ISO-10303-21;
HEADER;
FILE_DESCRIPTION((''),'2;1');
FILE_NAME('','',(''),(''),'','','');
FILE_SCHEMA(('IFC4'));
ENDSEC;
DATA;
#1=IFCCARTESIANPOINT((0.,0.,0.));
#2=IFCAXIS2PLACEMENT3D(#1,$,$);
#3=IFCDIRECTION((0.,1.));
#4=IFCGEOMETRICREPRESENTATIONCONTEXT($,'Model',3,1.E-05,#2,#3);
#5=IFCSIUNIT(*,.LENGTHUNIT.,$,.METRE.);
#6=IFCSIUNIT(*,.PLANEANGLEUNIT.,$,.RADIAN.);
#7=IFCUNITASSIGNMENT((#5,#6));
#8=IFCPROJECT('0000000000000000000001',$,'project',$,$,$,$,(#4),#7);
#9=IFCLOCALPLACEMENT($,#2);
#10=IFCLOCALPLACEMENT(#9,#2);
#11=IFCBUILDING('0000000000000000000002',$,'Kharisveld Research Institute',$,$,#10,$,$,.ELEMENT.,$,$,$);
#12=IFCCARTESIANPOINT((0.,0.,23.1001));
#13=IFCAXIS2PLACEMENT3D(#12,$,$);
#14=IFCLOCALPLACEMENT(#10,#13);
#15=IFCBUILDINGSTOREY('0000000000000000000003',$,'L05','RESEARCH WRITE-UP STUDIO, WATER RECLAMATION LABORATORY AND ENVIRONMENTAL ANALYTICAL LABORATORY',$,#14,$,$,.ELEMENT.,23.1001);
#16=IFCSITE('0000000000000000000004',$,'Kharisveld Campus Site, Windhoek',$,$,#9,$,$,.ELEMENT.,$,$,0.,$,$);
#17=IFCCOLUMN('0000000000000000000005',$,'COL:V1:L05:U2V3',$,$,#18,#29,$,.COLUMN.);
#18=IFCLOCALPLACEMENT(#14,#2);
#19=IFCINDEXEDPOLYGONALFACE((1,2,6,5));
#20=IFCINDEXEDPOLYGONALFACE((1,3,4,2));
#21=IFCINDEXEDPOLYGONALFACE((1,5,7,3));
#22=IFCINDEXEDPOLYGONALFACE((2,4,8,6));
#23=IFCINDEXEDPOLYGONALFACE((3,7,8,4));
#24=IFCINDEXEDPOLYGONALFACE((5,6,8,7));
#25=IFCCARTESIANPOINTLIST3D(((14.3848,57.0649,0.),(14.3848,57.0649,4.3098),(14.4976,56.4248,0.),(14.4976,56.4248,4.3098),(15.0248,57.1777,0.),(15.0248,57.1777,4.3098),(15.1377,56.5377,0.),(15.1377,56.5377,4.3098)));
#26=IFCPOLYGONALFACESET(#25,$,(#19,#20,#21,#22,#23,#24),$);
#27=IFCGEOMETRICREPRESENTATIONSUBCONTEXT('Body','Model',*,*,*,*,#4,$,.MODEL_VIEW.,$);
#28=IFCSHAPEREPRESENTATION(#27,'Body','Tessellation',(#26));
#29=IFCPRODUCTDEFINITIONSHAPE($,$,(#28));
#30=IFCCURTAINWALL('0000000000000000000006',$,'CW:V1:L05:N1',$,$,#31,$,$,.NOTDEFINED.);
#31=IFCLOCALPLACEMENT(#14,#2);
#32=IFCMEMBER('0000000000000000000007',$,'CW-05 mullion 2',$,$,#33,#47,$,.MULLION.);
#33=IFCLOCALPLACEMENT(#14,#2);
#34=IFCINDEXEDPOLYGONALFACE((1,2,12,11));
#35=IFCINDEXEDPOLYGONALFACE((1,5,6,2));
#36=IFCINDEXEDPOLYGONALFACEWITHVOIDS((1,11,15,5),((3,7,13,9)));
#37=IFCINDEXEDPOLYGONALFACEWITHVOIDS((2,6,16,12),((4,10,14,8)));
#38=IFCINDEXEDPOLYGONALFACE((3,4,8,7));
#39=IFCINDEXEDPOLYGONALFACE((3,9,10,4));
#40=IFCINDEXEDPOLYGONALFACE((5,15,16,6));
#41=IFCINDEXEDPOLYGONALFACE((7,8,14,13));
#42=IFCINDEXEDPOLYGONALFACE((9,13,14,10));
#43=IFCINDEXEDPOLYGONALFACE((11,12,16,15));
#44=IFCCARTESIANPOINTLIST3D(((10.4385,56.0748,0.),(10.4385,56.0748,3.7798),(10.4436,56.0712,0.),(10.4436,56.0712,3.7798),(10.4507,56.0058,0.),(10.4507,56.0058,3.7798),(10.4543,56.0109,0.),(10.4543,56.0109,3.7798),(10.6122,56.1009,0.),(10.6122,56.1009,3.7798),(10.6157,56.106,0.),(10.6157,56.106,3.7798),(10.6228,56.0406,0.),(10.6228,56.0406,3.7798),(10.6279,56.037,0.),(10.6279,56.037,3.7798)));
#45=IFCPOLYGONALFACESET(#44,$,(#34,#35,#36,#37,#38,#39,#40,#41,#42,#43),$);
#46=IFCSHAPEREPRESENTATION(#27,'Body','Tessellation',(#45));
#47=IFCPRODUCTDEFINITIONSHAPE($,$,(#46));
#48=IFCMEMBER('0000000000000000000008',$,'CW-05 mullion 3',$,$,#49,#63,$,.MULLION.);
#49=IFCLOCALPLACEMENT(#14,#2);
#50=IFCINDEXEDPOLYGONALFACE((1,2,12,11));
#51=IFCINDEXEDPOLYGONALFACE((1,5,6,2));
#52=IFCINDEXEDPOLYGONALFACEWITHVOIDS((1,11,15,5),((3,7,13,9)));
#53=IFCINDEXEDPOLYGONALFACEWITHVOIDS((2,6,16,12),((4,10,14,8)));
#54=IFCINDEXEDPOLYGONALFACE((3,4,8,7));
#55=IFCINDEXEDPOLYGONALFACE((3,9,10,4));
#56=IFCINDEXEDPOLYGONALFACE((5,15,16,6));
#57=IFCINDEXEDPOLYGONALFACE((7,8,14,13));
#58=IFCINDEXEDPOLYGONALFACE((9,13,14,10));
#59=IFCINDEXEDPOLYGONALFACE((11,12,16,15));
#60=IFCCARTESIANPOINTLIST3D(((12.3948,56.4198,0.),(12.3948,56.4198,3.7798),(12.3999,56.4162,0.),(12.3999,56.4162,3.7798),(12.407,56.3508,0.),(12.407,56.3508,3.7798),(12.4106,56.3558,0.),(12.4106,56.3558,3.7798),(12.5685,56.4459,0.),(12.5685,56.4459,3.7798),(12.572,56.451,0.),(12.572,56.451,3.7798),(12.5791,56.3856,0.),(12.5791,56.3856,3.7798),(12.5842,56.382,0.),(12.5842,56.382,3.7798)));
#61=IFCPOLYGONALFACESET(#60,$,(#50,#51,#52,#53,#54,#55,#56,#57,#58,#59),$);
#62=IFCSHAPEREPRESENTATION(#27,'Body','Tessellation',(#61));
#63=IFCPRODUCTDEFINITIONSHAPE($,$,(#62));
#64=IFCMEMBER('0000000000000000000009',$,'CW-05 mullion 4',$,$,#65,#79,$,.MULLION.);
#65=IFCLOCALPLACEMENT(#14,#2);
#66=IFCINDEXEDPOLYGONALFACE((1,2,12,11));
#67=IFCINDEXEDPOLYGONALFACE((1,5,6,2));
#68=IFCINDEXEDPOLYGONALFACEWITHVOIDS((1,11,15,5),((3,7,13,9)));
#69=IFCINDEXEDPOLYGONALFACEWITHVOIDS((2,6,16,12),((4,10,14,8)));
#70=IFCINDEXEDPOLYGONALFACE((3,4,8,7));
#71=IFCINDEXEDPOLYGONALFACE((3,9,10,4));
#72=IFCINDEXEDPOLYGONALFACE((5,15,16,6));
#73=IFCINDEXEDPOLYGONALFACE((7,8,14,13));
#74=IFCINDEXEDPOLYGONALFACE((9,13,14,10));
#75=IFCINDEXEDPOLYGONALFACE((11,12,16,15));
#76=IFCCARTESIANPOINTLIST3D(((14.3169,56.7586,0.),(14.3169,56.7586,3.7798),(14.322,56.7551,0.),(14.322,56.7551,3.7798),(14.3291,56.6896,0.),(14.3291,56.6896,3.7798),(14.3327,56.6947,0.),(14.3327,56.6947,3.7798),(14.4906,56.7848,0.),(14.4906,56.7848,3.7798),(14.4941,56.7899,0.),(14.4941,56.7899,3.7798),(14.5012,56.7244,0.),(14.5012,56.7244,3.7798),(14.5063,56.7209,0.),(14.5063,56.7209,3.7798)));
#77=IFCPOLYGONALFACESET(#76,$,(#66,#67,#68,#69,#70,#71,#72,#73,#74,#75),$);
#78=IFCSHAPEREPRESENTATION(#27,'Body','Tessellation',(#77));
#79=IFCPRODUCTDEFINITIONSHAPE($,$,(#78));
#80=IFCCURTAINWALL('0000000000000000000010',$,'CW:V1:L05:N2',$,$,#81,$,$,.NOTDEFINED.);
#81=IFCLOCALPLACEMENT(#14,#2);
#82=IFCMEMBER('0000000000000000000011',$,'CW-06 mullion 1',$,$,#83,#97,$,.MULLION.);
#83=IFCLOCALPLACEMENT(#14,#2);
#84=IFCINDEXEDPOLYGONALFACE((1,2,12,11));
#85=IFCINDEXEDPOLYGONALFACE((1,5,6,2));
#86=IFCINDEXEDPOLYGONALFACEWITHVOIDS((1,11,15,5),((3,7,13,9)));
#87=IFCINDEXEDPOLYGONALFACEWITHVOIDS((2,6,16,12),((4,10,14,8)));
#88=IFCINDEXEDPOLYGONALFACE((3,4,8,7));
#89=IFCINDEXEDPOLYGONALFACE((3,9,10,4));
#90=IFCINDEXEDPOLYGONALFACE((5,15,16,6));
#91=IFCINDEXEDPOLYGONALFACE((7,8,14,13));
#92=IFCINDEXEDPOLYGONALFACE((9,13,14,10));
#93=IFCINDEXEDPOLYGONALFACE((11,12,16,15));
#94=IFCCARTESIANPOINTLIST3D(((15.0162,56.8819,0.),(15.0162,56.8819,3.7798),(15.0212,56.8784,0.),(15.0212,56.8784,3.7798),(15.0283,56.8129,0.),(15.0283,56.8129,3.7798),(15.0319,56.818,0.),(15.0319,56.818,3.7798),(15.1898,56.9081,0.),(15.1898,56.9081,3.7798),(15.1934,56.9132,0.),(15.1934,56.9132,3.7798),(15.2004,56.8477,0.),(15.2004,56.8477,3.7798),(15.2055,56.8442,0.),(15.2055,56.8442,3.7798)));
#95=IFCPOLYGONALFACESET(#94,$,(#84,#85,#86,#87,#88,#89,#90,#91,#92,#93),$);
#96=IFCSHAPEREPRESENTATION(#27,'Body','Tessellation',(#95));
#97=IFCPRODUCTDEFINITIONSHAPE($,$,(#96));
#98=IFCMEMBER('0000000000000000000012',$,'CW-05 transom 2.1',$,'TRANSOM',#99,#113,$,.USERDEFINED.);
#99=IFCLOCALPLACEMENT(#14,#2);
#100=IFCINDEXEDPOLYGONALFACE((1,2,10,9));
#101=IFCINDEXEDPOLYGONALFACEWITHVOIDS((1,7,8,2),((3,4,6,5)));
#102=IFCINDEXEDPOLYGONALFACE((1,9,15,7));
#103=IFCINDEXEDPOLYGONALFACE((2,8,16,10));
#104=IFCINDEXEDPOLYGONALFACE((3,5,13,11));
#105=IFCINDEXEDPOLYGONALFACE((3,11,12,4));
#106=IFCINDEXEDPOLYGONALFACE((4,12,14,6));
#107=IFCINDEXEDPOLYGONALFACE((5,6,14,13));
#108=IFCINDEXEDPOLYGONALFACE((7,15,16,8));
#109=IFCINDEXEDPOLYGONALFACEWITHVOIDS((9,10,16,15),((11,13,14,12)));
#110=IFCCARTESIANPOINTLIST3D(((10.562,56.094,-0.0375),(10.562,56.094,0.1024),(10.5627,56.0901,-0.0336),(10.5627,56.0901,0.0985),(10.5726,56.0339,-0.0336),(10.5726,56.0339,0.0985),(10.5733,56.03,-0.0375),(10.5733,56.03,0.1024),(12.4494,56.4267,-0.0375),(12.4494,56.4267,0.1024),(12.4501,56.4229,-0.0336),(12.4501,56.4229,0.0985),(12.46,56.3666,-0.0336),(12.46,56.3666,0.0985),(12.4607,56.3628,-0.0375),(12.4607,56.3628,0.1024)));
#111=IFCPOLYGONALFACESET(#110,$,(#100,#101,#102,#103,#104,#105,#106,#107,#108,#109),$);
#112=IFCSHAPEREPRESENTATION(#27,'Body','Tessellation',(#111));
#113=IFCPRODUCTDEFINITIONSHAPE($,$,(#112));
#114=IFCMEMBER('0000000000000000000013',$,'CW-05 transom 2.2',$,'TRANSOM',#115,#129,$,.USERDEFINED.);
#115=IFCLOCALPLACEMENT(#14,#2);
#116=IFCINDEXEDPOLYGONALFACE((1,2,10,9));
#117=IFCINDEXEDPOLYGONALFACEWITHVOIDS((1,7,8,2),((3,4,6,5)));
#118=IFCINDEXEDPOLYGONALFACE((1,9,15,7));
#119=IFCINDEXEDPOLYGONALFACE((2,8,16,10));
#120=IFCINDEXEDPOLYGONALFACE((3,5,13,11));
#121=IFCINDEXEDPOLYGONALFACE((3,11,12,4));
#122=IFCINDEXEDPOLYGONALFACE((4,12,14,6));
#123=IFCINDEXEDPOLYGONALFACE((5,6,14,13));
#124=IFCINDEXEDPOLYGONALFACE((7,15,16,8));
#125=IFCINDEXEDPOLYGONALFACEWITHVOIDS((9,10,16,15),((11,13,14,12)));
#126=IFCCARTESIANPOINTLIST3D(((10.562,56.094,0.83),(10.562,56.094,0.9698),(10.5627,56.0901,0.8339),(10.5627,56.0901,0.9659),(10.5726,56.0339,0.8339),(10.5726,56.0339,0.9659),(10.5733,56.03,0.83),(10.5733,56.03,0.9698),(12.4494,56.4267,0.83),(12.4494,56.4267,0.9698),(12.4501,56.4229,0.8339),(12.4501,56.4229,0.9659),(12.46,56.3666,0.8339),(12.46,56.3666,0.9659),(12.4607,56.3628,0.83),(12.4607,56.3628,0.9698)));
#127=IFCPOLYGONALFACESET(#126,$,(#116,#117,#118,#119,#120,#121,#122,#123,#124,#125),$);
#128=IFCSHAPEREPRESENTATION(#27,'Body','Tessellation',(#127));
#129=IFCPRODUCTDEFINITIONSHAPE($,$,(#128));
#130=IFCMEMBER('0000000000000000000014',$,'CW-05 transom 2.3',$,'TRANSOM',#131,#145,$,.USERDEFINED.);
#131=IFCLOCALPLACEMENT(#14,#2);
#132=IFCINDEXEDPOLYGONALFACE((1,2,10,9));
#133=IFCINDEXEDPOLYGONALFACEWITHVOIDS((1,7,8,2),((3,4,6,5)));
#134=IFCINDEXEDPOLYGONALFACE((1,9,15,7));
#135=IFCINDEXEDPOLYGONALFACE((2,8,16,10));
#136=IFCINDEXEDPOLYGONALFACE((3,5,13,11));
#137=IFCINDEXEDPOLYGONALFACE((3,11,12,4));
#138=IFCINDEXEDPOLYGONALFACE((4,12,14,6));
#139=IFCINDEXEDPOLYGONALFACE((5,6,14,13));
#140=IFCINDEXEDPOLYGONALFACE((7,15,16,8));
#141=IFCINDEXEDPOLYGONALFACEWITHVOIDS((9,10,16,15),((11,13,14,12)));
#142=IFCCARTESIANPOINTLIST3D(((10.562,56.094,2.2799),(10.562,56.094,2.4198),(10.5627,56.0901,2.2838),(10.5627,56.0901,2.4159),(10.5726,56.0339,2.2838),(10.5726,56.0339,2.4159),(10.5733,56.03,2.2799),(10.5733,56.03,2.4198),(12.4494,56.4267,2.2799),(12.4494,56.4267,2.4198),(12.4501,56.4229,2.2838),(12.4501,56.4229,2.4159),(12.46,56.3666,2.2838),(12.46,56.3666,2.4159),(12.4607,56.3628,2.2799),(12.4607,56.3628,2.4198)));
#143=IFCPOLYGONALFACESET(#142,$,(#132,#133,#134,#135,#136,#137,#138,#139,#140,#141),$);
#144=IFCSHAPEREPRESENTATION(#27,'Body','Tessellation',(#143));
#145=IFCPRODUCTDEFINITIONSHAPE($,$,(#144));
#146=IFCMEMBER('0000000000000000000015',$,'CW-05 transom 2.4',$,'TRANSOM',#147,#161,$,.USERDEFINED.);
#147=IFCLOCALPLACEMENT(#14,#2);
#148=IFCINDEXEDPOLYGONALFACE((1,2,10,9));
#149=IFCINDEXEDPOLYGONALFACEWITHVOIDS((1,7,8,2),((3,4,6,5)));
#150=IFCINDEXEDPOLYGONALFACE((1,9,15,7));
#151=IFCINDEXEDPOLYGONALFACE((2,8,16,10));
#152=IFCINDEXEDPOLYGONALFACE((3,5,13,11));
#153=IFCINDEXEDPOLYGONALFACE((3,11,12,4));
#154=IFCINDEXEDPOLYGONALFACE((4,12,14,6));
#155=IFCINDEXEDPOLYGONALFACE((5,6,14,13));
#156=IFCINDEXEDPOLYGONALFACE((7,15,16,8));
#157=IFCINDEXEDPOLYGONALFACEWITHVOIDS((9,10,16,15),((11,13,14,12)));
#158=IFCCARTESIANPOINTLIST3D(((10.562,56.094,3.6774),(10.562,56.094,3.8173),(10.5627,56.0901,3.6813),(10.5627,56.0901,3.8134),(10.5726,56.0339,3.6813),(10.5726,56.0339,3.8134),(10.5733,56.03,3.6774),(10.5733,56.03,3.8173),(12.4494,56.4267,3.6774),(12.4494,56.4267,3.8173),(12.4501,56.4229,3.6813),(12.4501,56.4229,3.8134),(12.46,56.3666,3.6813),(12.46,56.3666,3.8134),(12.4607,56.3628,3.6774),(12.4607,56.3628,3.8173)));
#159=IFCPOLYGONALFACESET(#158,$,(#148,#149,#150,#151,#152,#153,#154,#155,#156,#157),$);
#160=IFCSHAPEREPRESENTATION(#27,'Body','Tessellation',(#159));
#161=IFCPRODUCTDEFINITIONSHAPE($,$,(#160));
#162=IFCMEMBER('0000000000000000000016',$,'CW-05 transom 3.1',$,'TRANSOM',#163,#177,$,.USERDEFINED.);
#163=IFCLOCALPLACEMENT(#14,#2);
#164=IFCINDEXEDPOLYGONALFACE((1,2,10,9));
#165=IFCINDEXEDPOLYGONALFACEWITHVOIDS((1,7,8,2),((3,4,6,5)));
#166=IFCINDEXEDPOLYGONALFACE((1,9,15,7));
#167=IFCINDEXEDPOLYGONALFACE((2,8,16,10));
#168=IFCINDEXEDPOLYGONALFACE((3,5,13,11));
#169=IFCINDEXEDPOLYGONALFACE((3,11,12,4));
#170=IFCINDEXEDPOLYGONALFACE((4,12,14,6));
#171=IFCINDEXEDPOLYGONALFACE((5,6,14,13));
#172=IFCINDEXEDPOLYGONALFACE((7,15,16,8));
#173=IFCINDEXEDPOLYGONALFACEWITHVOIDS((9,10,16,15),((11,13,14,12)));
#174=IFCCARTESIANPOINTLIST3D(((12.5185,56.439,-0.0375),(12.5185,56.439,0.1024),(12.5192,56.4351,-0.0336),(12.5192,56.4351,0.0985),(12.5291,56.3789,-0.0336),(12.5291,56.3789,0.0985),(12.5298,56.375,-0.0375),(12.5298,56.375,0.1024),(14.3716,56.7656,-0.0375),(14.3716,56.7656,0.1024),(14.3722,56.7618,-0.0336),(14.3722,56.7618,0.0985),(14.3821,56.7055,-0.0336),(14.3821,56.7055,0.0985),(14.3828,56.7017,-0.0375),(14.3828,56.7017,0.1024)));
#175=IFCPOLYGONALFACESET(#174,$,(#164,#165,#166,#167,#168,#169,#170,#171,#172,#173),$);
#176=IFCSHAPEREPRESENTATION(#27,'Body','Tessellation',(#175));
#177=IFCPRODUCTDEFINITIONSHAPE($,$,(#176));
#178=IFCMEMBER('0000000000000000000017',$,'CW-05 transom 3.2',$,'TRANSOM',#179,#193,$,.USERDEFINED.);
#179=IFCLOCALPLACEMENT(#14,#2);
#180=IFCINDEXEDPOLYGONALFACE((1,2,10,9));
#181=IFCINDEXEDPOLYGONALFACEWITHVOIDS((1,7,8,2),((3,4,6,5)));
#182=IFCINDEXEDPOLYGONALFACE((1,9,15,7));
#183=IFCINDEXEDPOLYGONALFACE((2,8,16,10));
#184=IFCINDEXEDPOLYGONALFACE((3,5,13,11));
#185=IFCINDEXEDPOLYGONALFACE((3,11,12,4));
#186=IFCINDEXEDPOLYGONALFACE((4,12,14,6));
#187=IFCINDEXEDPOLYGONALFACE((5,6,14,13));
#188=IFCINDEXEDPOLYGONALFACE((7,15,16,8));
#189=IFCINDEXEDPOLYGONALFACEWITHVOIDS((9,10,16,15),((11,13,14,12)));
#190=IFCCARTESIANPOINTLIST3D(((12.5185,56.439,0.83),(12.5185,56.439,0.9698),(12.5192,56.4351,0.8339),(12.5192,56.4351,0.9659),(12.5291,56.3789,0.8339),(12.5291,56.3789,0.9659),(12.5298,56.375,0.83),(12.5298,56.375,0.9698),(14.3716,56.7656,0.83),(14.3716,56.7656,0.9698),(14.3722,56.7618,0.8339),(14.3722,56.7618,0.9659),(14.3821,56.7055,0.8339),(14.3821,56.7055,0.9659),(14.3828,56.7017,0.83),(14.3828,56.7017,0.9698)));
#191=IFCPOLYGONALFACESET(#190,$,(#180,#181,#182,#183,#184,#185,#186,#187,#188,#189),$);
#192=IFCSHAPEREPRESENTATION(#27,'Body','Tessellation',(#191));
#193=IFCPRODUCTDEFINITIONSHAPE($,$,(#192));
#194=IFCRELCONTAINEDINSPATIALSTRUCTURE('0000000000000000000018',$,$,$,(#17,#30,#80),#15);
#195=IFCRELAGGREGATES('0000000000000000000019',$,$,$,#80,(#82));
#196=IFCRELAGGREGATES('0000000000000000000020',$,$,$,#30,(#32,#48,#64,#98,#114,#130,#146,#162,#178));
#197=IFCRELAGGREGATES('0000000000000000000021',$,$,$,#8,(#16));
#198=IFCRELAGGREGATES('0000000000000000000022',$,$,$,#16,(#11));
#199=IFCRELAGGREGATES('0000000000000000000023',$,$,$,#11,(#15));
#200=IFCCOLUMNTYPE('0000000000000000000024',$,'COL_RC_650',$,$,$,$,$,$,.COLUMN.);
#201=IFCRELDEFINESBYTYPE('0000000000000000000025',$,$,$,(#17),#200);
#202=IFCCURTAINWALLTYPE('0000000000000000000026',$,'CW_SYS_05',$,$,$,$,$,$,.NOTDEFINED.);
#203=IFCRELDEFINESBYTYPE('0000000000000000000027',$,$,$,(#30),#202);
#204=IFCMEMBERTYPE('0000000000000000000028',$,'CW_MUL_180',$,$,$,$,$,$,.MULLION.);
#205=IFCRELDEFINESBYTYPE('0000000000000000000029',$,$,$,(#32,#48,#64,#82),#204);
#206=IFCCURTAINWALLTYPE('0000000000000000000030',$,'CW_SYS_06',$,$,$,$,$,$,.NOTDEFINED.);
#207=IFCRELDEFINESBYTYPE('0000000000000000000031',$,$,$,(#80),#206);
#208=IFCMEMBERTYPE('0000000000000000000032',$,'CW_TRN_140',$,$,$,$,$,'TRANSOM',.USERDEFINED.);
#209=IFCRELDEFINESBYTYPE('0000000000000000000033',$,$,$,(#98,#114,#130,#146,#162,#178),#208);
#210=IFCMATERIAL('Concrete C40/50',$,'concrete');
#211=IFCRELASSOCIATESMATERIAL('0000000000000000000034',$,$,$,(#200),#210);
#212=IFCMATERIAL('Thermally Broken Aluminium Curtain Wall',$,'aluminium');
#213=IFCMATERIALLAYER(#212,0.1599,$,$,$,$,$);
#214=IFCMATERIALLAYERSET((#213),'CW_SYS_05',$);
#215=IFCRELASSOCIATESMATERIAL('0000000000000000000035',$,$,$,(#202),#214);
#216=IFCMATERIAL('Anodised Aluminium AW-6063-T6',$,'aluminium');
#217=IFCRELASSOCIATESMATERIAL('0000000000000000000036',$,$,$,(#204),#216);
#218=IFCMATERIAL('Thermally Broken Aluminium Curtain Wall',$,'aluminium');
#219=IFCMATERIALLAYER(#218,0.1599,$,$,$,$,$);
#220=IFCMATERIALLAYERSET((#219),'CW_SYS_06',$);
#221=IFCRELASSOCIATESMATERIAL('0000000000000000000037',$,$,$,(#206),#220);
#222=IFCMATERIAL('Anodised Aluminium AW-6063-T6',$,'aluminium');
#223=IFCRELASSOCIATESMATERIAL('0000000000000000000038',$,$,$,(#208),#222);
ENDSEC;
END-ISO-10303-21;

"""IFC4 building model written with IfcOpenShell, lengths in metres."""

from ifc_helpers import new_model, si_unit, direction, frame, origin, origin_2d, place, context, subcontext, project, spatial, rectangle, hollow_rectangle, extrude, material, layer, layer_set, material_profile, profile_set, type_object, element, aggregate, save


model = new_model("IFC4")

# Units and contexts
model_context = context("Model", 3, precision=1e-05, world=origin(), true_north=direction((0.0, 1.0)))
body_context = subcontext(model_context, "Body", "Model", "MODEL_VIEW")
ifc_project = project(units=[si_unit("LENGTHUNIT", "METRE"), si_unit("PLANEANGLEUNIT", "RADIAN")], contexts=[model_context])

# Site, building, storey
site_placement = place(None, origin())
site = spatial("IfcSite", under=ifc_project, at=site_placement, Name="Kharisveld Campus Site, Windhoek", CompositionType="ELEMENT", RefElevation=0.0)
building_placement = place(site_placement, origin())
building = spatial("IfcBuilding", under=site, at=building_placement, Name="Kharisveld Research Institute", CompositionType="ELEMENT")
storey_placement = place(building_placement, frame((0.0, 0.0, 23.1001)))
storey = spatial("IfcBuildingStorey", under=building, at=storey_placement, Name="L05", Description="RESEARCH WRITE-UP STUDIO, WATER RECLAMATION LABORATORY AND ENVIRONMENTAL ANALYTICAL LABORATORY", CompositionType="ELEMENT", Elevation=23.1001)

# Column
ifc_material_1 = material(Name="Concrete C40/50", Category="concrete")
ifc_material_profile_1 = material_profile(ifc_material_1, rectangle(XDim=0.6499, YDim=0.6499, at=origin_2d()))
ifc_profile_set_1 = profile_set([ifc_material_profile_1], Name="Concrete C40/50")
column_type = type_object("IfcColumnType", Name="COL_RC_650", PredefinedType="COLUMN", material=ifc_profile_set_1)
column_placement = place(storey_placement, frame((14.7612, 56.8013, 0.0), z_axis=(0.0, 0.0, 1.0), x_axis=(0.984808, 0.173648, 0.0)))
element("IfcColumn", 1, at=column_placement, inside=storey, type_object=column_type, Name="COL:V1:L05:U2V3", PredefinedType="COLUMN", context=body_context, shape_type="SweptSolid", body=[
    extrude(rectangle(XDim=0.6499, YDim=0.6499, at=origin_2d()), origin(), (0.0, 0.0, 1.0), 4.3098),
])

# Curtain wall, members
ifc_material_2 = material(Name="Thermally Broken Aluminium Curtain Wall", Category="aluminium")
ifc_layer_1 = layer(ifc_material_2, 0.1599)
ifc_layer_set_1 = layer_set([ifc_layer_1], Name="CW_SYS_05")
curtain_wall_type_1 = type_object("IfcCurtainWallType", Name="CW_SYS_05", PredefinedType="NOTDEFINED", material=ifc_layer_set_1)
curtain_wall_1_placement = place(storey_placement, origin())
curtain_wall_1 = element("IfcCurtainWall", 2, at=curtain_wall_1_placement, inside=storey, type_object=curtain_wall_type_1, Name="CW:V1:L05:N1", PredefinedType="NOTDEFINED")
ifc_material_3 = material(Name="Anodised Aluminium AW-6063-T6", Category="aluminium")
ifc_material_profile_2 = material_profile(ifc_material_3, hollow_rectangle(XDim=0.0701, YDim=0.1799, WallThickness=0.0044, at=origin_2d()))
ifc_profile_set_2 = profile_set([ifc_material_profile_2], Name="Anodised Aluminium AW-6063-T6")
member_type_1 = type_object("IfcMemberType", Name="CW_MUL_180", PredefinedType="MULLION", material=ifc_profile_set_2)
member_1_placement = place(storey_placement, frame((10.5332, 56.0559, 0.0), z_axis=(0.0, 0.0, 1.0), x_axis=(-0.173648, 0.984808, 0.0)))
member_1 = element("IfcMember", 3, at=member_1_placement, type_object=member_type_1, Name="CW-05 mullion 2", PredefinedType="MULLION", context=body_context, shape_type="SweptSolid", body=[
    extrude(hollow_rectangle(XDim=0.0701, YDim=0.1799, WallThickness=0.0044, at=origin_2d()), origin(), (0.0, 0.0, 1.0), 3.7798),
])
member_2_placement = place(storey_placement, frame((12.4895, 56.4009, 0.0), z_axis=(0.0, 0.0, 1.0), x_axis=(-0.173648, 0.984808, 0.0)))
member_2 = element("IfcMember", 4, at=member_2_placement, type_object=member_type_1, Name="CW-05 mullion 3", PredefinedType="MULLION", context=body_context, shape_type="SweptSolid", body=[
    extrude(hollow_rectangle(XDim=0.0701, YDim=0.1799, WallThickness=0.0044, at=origin_2d()), origin(), (0.0, 0.0, 1.0), 3.7798),
])
member_3_placement = place(storey_placement, frame((14.4116, 56.7397, 0.0), z_axis=(0.0, 0.0, 1.0), x_axis=(-0.173648, 0.984808, 0.0)))
member_3 = element("IfcMember", 5, at=member_3_placement, type_object=member_type_1, Name="CW-05 mullion 4", PredefinedType="MULLION", context=body_context, shape_type="SweptSolid", body=[
    extrude(hollow_rectangle(XDim=0.0701, YDim=0.1799, WallThickness=0.0044, at=origin_2d()), origin(), (0.0, 0.0, 1.0), 3.7798),
])

# Curtain wall, member
ifc_material_4 = material(Name="Thermally Broken Aluminium Curtain Wall", Category="aluminium")
ifc_layer_2 = layer(ifc_material_4, 0.1599)
ifc_layer_set_2 = layer_set([ifc_layer_2], Name="CW_SYS_06")
curtain_wall_type_2 = type_object("IfcCurtainWallType", Name="CW_SYS_06", PredefinedType="NOTDEFINED", material=ifc_layer_set_2)
curtain_wall_2_placement = place(storey_placement, origin())
curtain_wall_2 = element("IfcCurtainWall", 6, at=curtain_wall_2_placement, inside=storey, type_object=curtain_wall_type_2, Name="CW:V1:L05:N2", PredefinedType="NOTDEFINED")
member_4_placement = place(storey_placement, frame((15.1108, 56.863, 0.0), z_axis=(0.0, 0.0, 1.0), x_axis=(-0.173648, 0.984808, 0.0)))
member_4 = element("IfcMember", 7, at=member_4_placement, type_object=member_type_1, Name="CW-06 mullion 1", PredefinedType="MULLION", context=body_context, shape_type="SweptSolid", body=[
    extrude(hollow_rectangle(XDim=0.0701, YDim=0.1799, WallThickness=0.0044, at=origin_2d()), origin(), (0.0, 0.0, 1.0), 3.7798),
])

# Members
ifc_material_5 = material(Name="Anodised Aluminium AW-6063-T6", Category="aluminium")
ifc_material_profile_3 = material_profile(ifc_material_5, hollow_rectangle(XDim=0.0649, YDim=0.1399, WallThickness=0.0039, at=origin_2d()))
ifc_profile_set_3 = profile_set([ifc_material_profile_3], Name="Anodised Aluminium AW-6063-T6")
member_type_2 = type_object("IfcMemberType", Name="CW_TRN_140", ElementType="TRANSOM", PredefinedType="USERDEFINED", material=ifc_profile_set_3)
member_5_placement = place(storey_placement, frame((10.5676, 56.062, 0.0325), z_axis=(0.984812, 0.173625, 0.0), x_axis=(-0.173625, 0.984812, 0.0)))
member_5 = element("IfcMember", 8, at=member_5_placement, type_object=member_type_2, Name="CW-05 transom 2.1", ObjectType="TRANSOM", PredefinedType="USERDEFINED", context=body_context, shape_type="SweptSolid", body=[
    extrude(hollow_rectangle(XDim=0.0649, YDim=0.1399, WallThickness=0.0039, at=origin_2d()), origin(), (0.0, 0.0, 1.0), 1.9165),
])
member_6_placement = place(storey_placement, frame((10.5676, 56.062, 0.8999), z_axis=(0.984812, 0.173625, 0.0), x_axis=(-0.173625, 0.984812, 0.0)))
member_6 = element("IfcMember", 9, at=member_6_placement, type_object=member_type_2, Name="CW-05 transom 2.2", ObjectType="TRANSOM", PredefinedType="USERDEFINED", context=body_context, shape_type="SweptSolid", body=[
    extrude(hollow_rectangle(XDim=0.0649, YDim=0.1399, WallThickness=0.0039, at=origin_2d()), origin(), (0.0, 0.0, 1.0), 1.9165),
])
member_7_placement = place(storey_placement, frame((10.5676, 56.062, 2.3499), z_axis=(0.984812, 0.173625, 0.0), x_axis=(-0.173625, 0.984812, 0.0)))
member_7 = element("IfcMember", 10, at=member_7_placement, type_object=member_type_2, Name="CW-05 transom 2.3", ObjectType="TRANSOM", PredefinedType="USERDEFINED", context=body_context, shape_type="SweptSolid", body=[
    extrude(hollow_rectangle(XDim=0.0649, YDim=0.1399, WallThickness=0.0039, at=origin_2d()), origin(), (0.0, 0.0, 1.0), 1.9165),
])
member_8_placement = place(storey_placement, frame((10.5676, 56.062, 3.7473), z_axis=(0.984812, 0.173625, 0.0), x_axis=(-0.173625, 0.984812, 0.0)))
member_8 = element("IfcMember", 11, at=member_8_placement, type_object=member_type_2, Name="CW-05 transom 2.4", ObjectType="TRANSOM", PredefinedType="USERDEFINED", context=body_context, shape_type="SweptSolid", body=[
    extrude(hollow_rectangle(XDim=0.0649, YDim=0.1399, WallThickness=0.0039, at=origin_2d()), origin(), (0.0, 0.0, 1.0), 1.9165),
])
member_9_placement = place(storey_placement, frame((12.5242, 56.407, 0.0325), z_axis=(0.984815, 0.173608, 0.0), x_axis=(-0.173608, 0.984815, 0.0)))
member_9 = element("IfcMember", 12, at=member_9_placement, type_object=member_type_2, Name="CW-05 transom 3.1", ObjectType="TRANSOM", PredefinedType="USERDEFINED", context=body_context, shape_type="SweptSolid", body=[
    extrude(hollow_rectangle(XDim=0.0649, YDim=0.1399, WallThickness=0.0039, at=origin_2d()), origin(), (0.0, 0.0, 1.0), 1.8816),
])
member_10_placement = place(storey_placement, frame((12.5242, 56.407, 0.8999), z_axis=(0.984815, 0.173608, 0.0), x_axis=(-0.173608, 0.984815, 0.0)))
member_10 = element("IfcMember", 13, at=member_10_placement, type_object=member_type_2, Name="CW-05 transom 3.2", ObjectType="TRANSOM", PredefinedType="USERDEFINED", context=body_context, shape_type="SweptSolid", body=[
    extrude(hollow_rectangle(XDim=0.0649, YDim=0.1399, WallThickness=0.0039, at=origin_2d()), origin(), (0.0, 0.0, 1.0), 1.8816),
])
aggregate(curtain_wall_2, [member_4])

aggregate(curtain_wall_1, [member_1, member_2, member_3, member_5, member_6, member_7, member_8, member_9, member_10])

save(model, "model.ifc")
